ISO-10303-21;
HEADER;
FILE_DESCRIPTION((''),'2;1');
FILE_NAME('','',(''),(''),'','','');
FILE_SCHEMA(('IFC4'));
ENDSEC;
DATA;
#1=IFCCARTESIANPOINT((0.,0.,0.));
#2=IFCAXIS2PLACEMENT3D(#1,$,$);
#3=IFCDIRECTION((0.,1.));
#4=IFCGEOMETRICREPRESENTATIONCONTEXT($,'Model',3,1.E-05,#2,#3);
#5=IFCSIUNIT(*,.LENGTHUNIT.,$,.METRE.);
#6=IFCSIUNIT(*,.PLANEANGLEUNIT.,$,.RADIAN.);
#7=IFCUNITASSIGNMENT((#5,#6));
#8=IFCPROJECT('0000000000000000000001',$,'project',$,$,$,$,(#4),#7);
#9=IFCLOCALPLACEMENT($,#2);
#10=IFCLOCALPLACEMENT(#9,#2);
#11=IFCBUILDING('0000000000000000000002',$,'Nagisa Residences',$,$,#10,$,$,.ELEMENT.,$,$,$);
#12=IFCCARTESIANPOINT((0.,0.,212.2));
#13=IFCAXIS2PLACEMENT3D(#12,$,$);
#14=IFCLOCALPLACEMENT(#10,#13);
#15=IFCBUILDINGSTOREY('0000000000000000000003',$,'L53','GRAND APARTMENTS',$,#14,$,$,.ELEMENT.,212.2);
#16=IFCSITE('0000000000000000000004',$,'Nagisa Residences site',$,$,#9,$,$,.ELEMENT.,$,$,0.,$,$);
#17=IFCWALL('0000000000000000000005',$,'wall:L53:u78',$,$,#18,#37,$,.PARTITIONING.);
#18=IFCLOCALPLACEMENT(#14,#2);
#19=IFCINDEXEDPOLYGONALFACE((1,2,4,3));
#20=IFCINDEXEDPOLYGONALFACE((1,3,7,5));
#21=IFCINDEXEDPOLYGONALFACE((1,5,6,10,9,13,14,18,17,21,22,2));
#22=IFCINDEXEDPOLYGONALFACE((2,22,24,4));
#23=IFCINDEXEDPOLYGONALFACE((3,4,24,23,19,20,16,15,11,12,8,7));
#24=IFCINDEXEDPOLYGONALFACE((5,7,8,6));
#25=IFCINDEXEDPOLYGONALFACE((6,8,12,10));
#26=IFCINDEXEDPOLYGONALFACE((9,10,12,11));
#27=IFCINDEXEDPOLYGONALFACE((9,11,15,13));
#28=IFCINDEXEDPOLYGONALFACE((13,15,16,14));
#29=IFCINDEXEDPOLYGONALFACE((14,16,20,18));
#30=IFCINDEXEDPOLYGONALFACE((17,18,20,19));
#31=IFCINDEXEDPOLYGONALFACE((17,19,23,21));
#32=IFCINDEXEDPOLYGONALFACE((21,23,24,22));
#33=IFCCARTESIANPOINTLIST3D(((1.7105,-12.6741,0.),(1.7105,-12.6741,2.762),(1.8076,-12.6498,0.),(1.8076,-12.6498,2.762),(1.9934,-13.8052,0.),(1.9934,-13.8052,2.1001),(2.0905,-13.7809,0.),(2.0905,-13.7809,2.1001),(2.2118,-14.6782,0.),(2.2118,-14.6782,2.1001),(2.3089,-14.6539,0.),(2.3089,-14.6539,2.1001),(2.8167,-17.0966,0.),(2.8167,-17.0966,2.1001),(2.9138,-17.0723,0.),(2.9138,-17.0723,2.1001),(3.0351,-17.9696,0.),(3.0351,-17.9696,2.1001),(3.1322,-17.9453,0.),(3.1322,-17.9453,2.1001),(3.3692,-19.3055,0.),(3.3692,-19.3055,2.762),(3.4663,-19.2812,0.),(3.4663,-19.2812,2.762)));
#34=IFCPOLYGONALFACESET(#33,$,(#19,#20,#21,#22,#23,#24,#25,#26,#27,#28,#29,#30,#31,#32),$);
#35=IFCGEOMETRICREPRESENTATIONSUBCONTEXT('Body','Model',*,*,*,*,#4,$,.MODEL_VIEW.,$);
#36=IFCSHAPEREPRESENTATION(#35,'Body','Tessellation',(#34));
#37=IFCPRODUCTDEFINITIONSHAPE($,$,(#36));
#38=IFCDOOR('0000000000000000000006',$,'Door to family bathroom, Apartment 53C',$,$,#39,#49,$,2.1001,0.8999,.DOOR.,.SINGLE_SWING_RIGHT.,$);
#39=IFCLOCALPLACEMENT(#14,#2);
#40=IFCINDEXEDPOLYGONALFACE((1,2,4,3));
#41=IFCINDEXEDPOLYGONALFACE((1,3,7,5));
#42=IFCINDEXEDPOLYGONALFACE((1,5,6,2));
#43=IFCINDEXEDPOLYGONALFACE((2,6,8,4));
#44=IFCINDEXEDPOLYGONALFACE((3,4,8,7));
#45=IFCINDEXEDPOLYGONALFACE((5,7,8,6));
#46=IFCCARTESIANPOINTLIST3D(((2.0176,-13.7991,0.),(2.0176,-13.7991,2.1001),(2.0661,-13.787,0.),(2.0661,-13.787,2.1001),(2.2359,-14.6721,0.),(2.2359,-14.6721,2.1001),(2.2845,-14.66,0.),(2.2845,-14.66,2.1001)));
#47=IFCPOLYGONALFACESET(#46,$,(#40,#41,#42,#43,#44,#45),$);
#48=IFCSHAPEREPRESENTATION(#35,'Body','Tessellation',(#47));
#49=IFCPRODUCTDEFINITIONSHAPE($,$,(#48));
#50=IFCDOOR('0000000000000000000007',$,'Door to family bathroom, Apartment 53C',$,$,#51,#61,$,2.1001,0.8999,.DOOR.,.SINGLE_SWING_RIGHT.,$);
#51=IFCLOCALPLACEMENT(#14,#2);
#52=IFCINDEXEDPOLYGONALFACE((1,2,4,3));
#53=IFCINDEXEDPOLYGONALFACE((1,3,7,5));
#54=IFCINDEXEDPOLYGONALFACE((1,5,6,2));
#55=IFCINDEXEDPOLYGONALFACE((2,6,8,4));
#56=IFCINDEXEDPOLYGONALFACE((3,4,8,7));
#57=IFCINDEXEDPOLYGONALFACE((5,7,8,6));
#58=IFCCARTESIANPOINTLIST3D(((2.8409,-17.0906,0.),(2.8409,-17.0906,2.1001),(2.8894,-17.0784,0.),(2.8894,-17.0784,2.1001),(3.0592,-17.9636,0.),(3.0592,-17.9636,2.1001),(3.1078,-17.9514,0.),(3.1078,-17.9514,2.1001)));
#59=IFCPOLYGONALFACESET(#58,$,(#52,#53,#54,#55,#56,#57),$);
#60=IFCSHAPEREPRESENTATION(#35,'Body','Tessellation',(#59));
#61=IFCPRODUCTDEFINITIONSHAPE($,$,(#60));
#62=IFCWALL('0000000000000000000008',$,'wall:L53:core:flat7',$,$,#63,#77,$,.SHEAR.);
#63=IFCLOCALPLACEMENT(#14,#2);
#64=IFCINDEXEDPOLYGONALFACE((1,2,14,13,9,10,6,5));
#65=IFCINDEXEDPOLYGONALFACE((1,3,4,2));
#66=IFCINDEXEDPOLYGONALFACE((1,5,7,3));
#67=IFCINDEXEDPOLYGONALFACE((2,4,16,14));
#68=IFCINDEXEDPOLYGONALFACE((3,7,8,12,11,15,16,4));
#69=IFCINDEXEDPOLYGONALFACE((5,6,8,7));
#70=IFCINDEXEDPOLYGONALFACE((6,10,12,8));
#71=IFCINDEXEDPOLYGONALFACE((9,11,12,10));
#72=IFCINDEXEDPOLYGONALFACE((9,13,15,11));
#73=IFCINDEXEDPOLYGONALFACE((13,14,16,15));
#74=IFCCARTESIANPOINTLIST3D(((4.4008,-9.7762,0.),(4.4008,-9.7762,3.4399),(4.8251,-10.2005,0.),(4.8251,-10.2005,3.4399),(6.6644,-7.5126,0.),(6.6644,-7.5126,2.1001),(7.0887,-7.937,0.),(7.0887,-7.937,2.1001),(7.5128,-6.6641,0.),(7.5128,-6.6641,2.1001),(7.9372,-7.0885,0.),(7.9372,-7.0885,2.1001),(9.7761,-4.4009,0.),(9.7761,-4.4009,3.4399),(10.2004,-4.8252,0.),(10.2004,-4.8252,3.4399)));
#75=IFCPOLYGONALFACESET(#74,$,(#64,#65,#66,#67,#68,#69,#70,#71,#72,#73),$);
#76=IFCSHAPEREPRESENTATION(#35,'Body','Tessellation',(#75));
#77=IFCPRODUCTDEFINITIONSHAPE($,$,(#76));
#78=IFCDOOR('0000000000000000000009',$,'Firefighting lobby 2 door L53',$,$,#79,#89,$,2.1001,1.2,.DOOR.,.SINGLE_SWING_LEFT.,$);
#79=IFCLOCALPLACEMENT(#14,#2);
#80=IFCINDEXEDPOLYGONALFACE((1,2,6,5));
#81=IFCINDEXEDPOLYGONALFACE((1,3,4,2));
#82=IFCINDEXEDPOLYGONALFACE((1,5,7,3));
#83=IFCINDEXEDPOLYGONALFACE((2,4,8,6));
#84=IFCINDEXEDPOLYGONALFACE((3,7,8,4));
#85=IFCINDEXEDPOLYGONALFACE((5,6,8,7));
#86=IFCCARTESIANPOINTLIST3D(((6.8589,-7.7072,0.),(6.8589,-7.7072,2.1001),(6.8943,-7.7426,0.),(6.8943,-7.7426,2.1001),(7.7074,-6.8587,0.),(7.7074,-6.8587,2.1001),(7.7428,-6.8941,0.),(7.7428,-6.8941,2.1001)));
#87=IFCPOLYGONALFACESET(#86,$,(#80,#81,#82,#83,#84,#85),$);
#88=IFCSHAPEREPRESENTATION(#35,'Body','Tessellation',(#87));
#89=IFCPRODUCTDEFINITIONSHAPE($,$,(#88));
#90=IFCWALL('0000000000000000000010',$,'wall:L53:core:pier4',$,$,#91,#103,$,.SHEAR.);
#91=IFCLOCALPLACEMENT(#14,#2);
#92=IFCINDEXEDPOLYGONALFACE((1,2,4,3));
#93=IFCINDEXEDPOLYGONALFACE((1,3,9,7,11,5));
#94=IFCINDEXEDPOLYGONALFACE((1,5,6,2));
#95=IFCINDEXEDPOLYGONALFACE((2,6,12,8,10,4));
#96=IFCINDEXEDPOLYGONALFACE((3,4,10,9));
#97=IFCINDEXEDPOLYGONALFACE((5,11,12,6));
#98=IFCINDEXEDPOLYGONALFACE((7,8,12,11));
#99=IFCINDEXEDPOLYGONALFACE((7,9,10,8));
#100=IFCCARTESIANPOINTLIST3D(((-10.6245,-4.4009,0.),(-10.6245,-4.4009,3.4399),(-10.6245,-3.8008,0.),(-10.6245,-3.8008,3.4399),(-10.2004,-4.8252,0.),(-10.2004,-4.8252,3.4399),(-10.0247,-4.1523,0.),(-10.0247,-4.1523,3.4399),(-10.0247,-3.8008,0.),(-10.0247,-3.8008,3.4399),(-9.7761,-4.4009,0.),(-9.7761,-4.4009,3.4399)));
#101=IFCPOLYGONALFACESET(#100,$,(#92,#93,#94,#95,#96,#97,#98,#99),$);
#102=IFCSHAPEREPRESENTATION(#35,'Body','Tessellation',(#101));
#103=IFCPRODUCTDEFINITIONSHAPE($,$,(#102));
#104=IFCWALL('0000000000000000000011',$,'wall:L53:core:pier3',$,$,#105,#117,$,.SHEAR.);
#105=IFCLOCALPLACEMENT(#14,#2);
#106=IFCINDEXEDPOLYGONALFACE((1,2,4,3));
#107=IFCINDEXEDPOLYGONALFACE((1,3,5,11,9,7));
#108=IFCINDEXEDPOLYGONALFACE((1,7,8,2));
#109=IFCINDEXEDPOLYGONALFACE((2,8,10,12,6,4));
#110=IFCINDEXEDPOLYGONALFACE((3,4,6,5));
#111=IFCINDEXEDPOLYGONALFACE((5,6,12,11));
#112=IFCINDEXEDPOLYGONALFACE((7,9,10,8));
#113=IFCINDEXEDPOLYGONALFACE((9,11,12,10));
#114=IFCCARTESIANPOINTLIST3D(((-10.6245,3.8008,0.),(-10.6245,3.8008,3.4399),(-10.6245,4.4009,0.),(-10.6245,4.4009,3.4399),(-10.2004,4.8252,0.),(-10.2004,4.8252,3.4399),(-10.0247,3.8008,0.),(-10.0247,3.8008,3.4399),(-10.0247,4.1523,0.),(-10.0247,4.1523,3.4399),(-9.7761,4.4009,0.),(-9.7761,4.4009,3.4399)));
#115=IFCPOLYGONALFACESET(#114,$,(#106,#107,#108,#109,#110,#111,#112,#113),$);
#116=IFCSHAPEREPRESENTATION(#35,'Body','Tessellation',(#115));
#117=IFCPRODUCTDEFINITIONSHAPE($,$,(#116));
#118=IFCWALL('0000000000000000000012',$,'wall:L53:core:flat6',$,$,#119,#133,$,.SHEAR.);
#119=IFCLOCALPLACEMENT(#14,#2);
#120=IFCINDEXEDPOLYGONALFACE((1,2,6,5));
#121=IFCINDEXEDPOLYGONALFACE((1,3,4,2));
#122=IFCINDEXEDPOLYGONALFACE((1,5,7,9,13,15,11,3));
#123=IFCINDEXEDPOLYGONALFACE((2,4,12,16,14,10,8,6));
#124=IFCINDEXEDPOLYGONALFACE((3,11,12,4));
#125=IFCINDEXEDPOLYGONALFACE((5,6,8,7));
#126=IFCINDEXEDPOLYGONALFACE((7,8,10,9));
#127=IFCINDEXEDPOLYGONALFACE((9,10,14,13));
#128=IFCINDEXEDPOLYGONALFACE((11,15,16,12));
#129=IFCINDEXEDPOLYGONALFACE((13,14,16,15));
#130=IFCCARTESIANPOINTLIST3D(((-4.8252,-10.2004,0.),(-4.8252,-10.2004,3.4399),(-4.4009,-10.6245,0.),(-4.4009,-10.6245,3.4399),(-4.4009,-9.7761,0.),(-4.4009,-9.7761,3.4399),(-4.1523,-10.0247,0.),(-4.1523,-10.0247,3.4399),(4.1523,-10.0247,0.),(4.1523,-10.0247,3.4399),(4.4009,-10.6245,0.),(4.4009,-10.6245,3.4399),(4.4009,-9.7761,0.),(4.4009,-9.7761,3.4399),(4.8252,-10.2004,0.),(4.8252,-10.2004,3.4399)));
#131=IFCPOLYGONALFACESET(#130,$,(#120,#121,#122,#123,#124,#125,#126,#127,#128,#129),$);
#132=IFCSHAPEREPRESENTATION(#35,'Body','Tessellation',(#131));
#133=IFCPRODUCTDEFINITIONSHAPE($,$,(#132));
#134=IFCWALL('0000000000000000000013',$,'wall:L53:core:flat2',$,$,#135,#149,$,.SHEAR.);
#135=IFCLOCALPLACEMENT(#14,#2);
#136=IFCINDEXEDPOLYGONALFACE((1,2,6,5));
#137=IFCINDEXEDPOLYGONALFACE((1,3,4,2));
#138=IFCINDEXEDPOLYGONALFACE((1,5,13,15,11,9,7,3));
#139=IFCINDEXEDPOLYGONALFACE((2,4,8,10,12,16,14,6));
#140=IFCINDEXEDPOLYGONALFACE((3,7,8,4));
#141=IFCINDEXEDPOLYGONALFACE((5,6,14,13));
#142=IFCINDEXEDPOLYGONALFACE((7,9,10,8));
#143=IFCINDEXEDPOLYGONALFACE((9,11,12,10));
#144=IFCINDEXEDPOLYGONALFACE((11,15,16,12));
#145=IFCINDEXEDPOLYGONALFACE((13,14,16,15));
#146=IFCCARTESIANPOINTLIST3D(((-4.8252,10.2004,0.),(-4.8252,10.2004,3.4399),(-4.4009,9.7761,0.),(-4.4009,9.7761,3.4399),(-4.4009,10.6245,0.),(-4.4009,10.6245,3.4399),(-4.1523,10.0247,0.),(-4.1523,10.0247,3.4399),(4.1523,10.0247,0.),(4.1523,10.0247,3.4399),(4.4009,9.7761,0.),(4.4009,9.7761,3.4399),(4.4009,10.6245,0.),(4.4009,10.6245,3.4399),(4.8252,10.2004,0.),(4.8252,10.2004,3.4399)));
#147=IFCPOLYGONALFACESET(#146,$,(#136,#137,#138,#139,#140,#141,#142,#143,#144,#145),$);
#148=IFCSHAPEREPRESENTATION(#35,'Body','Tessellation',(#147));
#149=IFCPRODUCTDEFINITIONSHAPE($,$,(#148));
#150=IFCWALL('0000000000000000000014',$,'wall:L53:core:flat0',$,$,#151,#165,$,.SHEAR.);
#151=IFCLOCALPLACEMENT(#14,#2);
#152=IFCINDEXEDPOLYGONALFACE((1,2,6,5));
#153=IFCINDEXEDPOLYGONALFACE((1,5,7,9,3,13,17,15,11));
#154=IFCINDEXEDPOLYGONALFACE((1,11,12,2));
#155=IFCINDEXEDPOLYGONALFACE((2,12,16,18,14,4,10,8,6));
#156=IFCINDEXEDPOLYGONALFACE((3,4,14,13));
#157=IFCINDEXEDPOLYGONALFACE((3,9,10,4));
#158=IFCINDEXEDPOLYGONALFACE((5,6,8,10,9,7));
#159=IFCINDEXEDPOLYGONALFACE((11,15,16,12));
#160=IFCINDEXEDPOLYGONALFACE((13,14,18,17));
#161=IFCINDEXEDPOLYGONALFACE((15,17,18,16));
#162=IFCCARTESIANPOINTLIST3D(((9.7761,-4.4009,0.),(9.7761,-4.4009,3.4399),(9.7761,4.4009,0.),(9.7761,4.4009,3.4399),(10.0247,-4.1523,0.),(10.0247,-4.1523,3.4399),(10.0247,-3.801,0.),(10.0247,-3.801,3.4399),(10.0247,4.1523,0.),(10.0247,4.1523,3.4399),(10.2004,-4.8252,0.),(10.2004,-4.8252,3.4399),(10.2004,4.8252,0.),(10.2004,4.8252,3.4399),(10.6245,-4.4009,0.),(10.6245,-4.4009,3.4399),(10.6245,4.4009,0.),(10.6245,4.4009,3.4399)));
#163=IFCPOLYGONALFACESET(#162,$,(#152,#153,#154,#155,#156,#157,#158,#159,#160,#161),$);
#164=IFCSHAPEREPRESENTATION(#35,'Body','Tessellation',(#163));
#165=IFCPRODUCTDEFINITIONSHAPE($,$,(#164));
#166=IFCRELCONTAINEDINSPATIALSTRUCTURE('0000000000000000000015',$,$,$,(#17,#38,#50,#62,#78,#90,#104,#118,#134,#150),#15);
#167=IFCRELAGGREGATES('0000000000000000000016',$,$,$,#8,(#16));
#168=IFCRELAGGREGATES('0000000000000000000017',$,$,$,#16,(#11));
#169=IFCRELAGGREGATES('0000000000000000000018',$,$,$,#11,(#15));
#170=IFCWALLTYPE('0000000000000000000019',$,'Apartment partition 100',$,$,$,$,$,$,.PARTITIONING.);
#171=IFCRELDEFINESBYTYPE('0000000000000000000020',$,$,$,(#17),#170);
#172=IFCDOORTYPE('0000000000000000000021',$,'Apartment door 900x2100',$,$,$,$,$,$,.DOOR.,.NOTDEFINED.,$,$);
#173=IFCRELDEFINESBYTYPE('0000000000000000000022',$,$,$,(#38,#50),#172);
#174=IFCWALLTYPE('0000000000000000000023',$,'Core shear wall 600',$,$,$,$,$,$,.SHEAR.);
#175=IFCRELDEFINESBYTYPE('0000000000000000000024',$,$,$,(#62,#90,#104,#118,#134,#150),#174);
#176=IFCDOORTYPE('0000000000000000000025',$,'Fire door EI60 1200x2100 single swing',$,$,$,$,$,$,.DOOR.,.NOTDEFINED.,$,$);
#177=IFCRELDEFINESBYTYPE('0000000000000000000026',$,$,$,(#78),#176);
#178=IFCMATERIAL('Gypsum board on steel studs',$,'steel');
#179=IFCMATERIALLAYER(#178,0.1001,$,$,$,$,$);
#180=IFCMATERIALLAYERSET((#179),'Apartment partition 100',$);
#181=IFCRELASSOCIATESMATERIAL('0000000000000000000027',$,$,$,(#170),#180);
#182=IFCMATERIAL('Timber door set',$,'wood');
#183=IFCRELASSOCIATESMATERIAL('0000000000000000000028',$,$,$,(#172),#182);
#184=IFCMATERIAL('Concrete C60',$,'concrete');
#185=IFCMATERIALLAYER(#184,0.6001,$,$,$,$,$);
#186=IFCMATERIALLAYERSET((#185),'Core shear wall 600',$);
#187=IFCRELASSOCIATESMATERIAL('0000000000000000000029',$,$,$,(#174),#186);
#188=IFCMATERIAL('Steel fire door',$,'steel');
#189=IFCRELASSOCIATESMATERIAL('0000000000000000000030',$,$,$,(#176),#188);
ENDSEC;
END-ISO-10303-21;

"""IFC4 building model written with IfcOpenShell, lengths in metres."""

from ifc_helpers import new_model, si_unit, direction, frame, frame_2d, origin, place, context, subcontext, project, spatial, polyline, rectangle, outline, extrude, material, layer, layer_set, type_object, element, fill, save


model = new_model("IFC4")

# Units and contexts
model_context = context("Model", 3, precision=1e-05, world=origin(), true_north=direction((0.0, 1.0)))
body_context = subcontext(model_context, "Body", "Model", "MODEL_VIEW")
ifc_project = project(units=[si_unit("LENGTHUNIT", "METRE"), si_unit("PLANEANGLEUNIT", "RADIAN")], contexts=[model_context])

# Site, building, storey
site_placement = place(None, origin())
site = spatial("IfcSite", under=ifc_project, at=site_placement, Name="Nagisa Residences site", CompositionType="ELEMENT", RefElevation=0.0)
building_placement = place(site_placement, origin())
building = spatial("IfcBuilding", under=site, at=building_placement, Name="Nagisa Residences", CompositionType="ELEMENT")
storey_placement = place(building_placement, frame((0.0, 0.0, 212.2)))
storey = spatial("IfcBuildingStorey", under=building, at=storey_placement, Name="L53", Description="GRAND APARTMENTS", CompositionType="ELEMENT", Elevation=212.2)

# Wall, openings, doors
ifc_material_1 = material(Name="Gypsum board on steel studs", Category="steel")
ifc_layer_1 = layer(ifc_material_1, 0.1001)
ifc_layer_set_1 = layer_set([ifc_layer_1], Name="Apartment partition 100")
wall_type_1 = type_object("IfcWallType", Name="Apartment partition 100", PredefinedType="PARTITIONING", material=ifc_layer_set_1)
wall_1_placement = place(storey_placement, frame((1.759, -12.6619, 0.0), z_axis=(0.0, 0.0, 1.0), x_axis=(0.242653, -0.970113, 0.0)))
wall_1 = element("IfcWall", 1, at=wall_1_placement, inside=storey, type_object=wall_type_1, Name="wall:L53:u78", PredefinedType="PARTITIONING", context=body_context, shape_type="SweptSolid", body=[
    extrude(rectangle(XDim=6.8357, YDim=0.1001, at=frame_2d((3.418, 0.0))), origin(), (0.0, 0.0, 1.0), 2.762),
])
opening_1_placement = place(wall_1_placement, frame((1.166, 0.0, 0.0)))
opening_1 = element("IfcOpeningElement", 2, at=opening_1_placement, cuts=wall_1, PredefinedType="OPENING", context=body_context, shape_type="SweptSolid", body=[
    extrude(rectangle(XDim=0.8999, YDim=2.1001, at=frame_2d((0.45, 1.05))), frame((0.0, 0.0601, 0.0), z_axis=(0.0, -1.0, 0.0), x_axis=(1.0, 0.0, 0.0)), (0.0, 0.0, 1.0), 0.1201),
])
opening_2_placement = place(wall_1_placement, frame((4.5588, 0.0, 0.0)))
opening_2 = element("IfcOpeningElement", 3, at=opening_2_placement, cuts=wall_1, PredefinedType="OPENING", context=body_context, shape_type="SweptSolid", body=[
    extrude(rectangle(XDim=0.8999, YDim=2.1001, at=frame_2d((0.45, 1.05))), frame((0.0, 0.0601, 0.0), z_axis=(0.0, -1.0, 0.0), x_axis=(1.0, 0.0, 0.0)), (0.0, 0.0, 1.0), 0.1201),
])
ifc_material_2 = material(Name="Timber door set", Category="wood")
door_type_1 = type_object("IfcDoorType", Name="Apartment door 900x2100", OperationType="NOTDEFINED", PredefinedType="DOOR", material=ifc_material_2)
door_1_placement = place(opening_1_placement, origin())
door_1 = element("IfcDoor", 4, at=door_1_placement, inside=storey, type_object=door_type_1, Name="Door to family bathroom, Apartment 53C", OperationType="SINGLE_SWING_RIGHT", OverallHeight=2.1001, OverallWidth=0.8999, PredefinedType="DOOR", context=body_context, shape_type="SweptSolid", body=[
    extrude(rectangle(XDim=0.8999, YDim=2.1001, at=frame_2d((0.45, 1.05))), frame((0.0, 0.0249, 0.0), z_axis=(0.0, -1.0, 0.0), x_axis=(1.0, 0.0, 0.0)), (0.0, 0.0, 1.0), 0.05),
])
fill(opening_1, door_1)
door_2_placement = place(opening_2_placement, origin())
door_2 = element("IfcDoor", 5, at=door_2_placement, inside=storey, type_object=door_type_1, Name="Door to family bathroom, Apartment 53C", OperationType="SINGLE_SWING_RIGHT", OverallHeight=2.1001, OverallWidth=0.8999, PredefinedType="DOOR", context=body_context, shape_type="SweptSolid", body=[
    extrude(rectangle(XDim=0.8999, YDim=2.1001, at=frame_2d((0.45, 1.05))), frame((0.0, 0.0249, 0.0), z_axis=(0.0, -1.0, 0.0), x_axis=(1.0, 0.0, 0.0)), (0.0, 0.0, 1.0), 0.05),
])
fill(opening_2, door_2)

# Wall, opening, door
ifc_material_3 = material(Name="Concrete C60", Category="concrete")
ifc_layer_2 = layer(ifc_material_3, 0.6001)
ifc_layer_set_2 = layer_set([ifc_layer_2], Name="Core shear wall 600")
wall_type_2 = type_object("IfcWallType", Name="Core shear wall 600", PredefinedType="SHEAR", material=ifc_layer_set_2)
wall_2_placement = place(storey_placement, frame((4.613, -9.9883, 0.0), z_axis=(0.0, 0.0, 1.0), x_axis=(0.707107, 0.707107, 0.0)))
wall_2 = element("IfcWall", 6, at=wall_2_placement, inside=storey, type_object=wall_type_2, Name="wall:L53:core:flat7", PredefinedType="SHEAR", context=body_context, shape_type="SweptSolid", body=[
    extrude(rectangle(XDim=7.6018, YDim=0.6001, at=frame_2d((3.8008, 0.0))), origin(), (0.0, 0.0, 1.0), 3.4399),
])
opening_3_placement = place(wall_2_placement, frame((3.2009, 0.0, 0.0)))
opening_3 = element("IfcOpeningElement", 7, at=opening_3_placement, cuts=wall_2, PredefinedType="OPENING", context=body_context, shape_type="SweptSolid", body=[
    extrude(rectangle(XDim=1.2, YDim=2.1001, at=frame_2d((0.6001, 1.05))), frame((0.0, 0.3101, 0.0), z_axis=(0.0, -1.0, 0.0), x_axis=(1.0, 0.0, 0.0)), (0.0, 0.0, 1.0), 0.6201),
])
ifc_material_4 = material(Name="Steel fire door", Category="steel")
door_type_2 = type_object("IfcDoorType", Name="Fire door EI60 1200x2100 single swing", OperationType="NOTDEFINED", PredefinedType="DOOR", material=ifc_material_4)
door_3_placement = place(opening_3_placement, origin())
door_3 = element("IfcDoor", 8, at=door_3_placement, inside=storey, type_object=door_type_2, Name="Firefighting lobby 2 door L53", OperationType="SINGLE_SWING_LEFT", OverallHeight=2.1001, OverallWidth=1.2, PredefinedType="DOOR", context=body_context, shape_type="SweptSolid", body=[
    extrude(rectangle(XDim=1.2, YDim=2.1001, at=frame_2d((0.6001, 1.05))), frame((0.0, 0.0249, 0.0), z_axis=(0.0, -1.0, 0.0), x_axis=(1.0, 0.0, 0.0)), (0.0, 0.0, 1.0), 0.05),
])
fill(opening_3, door_3)

# Walls
wall_3_placement = place(storey_placement, origin())
element("IfcWall", 9, at=wall_3_placement, inside=storey, type_object=wall_type_2, Name="wall:L53:core:pier4", PredefinedType="SHEAR", context=body_context, shape_type="SweptSolid", body=[
    extrude(outline(polyline([(-10.6245, -3.8008), (-10.0247, -3.8008), (-10.0247, -4.1523), (-9.7761, -4.4009), (-10.2004, -4.8252), (-10.6245, -4.4009), (-10.6245, -3.8008)])), origin(), (0.0, 0.0, 1.0), 3.4399),
])
wall_4_placement = place(storey_placement, origin())
element("IfcWall", 10, at=wall_4_placement, inside=storey, type_object=wall_type_2, Name="wall:L53:core:pier3", PredefinedType="SHEAR", context=body_context, shape_type="SweptSolid", body=[
    extrude(outline(polyline([(-10.2004, 4.8252), (-9.7761, 4.4009), (-10.0247, 4.1523), (-10.0247, 3.8008), (-10.6245, 3.8008), (-10.6245, 4.4009), (-10.2004, 4.8252)])), origin(), (0.0, 0.0, 1.0), 3.4399),
])
wall_5_placement = place(storey_placement, origin())
element("IfcWall", 11, at=wall_5_placement, inside=storey, type_object=wall_type_2, Name="wall:L53:core:flat6", PredefinedType="SHEAR", context=body_context, shape_type="SweptSolid", body=[
    extrude(outline(polyline([(-4.1523, -10.0247), (4.1523, -10.0247), (4.4009, -9.7761), (4.8252, -10.2004), (4.4009, -10.6245), (-4.4009, -10.6245), (-4.8252, -10.2004), (-4.4009, -9.7761), (-4.1523, -10.0247)])), origin(), (0.0, 0.0, 1.0), 3.4399),
])
wall_6_placement = place(storey_placement, origin())
element("IfcWall", 12, at=wall_6_placement, inside=storey, type_object=wall_type_2, Name="wall:L53:core:flat2", PredefinedType="SHEAR", context=body_context, shape_type="SweptSolid", body=[
    extrude(outline(polyline([(-4.1523, 10.0247), (-4.4009, 9.7761), (-4.8252, 10.2004), (-4.4009, 10.6245), (4.4009, 10.6245), (4.8252, 10.2004), (4.4009, 9.7761), (4.1523, 10.0247), (-4.1523, 10.0247)])), origin(), (0.0, 0.0, 1.0), 3.4399),
])
wall_7_placement = place(storey_placement, origin())
element("IfcWall", 13, at=wall_7_placement, inside=storey, type_object=wall_type_2, Name="wall:L53:core:flat0", PredefinedType="SHEAR", context=body_context, shape_type="SweptSolid", body=[
    extrude(outline(polyline([(9.7761, -4.4009), (10.0247, -4.1523), (10.0247, -3.801), (10.0247, 4.1523), (9.7761, 4.4009), (10.2004, 4.8252), (10.6245, 4.4009), (10.6245, -4.4009), (10.2004, -4.8252), (9.7761, -4.4009)])), origin(), (0.0, 0.0, 1.0), 3.4399),
])

save(model, "model.ifc")
